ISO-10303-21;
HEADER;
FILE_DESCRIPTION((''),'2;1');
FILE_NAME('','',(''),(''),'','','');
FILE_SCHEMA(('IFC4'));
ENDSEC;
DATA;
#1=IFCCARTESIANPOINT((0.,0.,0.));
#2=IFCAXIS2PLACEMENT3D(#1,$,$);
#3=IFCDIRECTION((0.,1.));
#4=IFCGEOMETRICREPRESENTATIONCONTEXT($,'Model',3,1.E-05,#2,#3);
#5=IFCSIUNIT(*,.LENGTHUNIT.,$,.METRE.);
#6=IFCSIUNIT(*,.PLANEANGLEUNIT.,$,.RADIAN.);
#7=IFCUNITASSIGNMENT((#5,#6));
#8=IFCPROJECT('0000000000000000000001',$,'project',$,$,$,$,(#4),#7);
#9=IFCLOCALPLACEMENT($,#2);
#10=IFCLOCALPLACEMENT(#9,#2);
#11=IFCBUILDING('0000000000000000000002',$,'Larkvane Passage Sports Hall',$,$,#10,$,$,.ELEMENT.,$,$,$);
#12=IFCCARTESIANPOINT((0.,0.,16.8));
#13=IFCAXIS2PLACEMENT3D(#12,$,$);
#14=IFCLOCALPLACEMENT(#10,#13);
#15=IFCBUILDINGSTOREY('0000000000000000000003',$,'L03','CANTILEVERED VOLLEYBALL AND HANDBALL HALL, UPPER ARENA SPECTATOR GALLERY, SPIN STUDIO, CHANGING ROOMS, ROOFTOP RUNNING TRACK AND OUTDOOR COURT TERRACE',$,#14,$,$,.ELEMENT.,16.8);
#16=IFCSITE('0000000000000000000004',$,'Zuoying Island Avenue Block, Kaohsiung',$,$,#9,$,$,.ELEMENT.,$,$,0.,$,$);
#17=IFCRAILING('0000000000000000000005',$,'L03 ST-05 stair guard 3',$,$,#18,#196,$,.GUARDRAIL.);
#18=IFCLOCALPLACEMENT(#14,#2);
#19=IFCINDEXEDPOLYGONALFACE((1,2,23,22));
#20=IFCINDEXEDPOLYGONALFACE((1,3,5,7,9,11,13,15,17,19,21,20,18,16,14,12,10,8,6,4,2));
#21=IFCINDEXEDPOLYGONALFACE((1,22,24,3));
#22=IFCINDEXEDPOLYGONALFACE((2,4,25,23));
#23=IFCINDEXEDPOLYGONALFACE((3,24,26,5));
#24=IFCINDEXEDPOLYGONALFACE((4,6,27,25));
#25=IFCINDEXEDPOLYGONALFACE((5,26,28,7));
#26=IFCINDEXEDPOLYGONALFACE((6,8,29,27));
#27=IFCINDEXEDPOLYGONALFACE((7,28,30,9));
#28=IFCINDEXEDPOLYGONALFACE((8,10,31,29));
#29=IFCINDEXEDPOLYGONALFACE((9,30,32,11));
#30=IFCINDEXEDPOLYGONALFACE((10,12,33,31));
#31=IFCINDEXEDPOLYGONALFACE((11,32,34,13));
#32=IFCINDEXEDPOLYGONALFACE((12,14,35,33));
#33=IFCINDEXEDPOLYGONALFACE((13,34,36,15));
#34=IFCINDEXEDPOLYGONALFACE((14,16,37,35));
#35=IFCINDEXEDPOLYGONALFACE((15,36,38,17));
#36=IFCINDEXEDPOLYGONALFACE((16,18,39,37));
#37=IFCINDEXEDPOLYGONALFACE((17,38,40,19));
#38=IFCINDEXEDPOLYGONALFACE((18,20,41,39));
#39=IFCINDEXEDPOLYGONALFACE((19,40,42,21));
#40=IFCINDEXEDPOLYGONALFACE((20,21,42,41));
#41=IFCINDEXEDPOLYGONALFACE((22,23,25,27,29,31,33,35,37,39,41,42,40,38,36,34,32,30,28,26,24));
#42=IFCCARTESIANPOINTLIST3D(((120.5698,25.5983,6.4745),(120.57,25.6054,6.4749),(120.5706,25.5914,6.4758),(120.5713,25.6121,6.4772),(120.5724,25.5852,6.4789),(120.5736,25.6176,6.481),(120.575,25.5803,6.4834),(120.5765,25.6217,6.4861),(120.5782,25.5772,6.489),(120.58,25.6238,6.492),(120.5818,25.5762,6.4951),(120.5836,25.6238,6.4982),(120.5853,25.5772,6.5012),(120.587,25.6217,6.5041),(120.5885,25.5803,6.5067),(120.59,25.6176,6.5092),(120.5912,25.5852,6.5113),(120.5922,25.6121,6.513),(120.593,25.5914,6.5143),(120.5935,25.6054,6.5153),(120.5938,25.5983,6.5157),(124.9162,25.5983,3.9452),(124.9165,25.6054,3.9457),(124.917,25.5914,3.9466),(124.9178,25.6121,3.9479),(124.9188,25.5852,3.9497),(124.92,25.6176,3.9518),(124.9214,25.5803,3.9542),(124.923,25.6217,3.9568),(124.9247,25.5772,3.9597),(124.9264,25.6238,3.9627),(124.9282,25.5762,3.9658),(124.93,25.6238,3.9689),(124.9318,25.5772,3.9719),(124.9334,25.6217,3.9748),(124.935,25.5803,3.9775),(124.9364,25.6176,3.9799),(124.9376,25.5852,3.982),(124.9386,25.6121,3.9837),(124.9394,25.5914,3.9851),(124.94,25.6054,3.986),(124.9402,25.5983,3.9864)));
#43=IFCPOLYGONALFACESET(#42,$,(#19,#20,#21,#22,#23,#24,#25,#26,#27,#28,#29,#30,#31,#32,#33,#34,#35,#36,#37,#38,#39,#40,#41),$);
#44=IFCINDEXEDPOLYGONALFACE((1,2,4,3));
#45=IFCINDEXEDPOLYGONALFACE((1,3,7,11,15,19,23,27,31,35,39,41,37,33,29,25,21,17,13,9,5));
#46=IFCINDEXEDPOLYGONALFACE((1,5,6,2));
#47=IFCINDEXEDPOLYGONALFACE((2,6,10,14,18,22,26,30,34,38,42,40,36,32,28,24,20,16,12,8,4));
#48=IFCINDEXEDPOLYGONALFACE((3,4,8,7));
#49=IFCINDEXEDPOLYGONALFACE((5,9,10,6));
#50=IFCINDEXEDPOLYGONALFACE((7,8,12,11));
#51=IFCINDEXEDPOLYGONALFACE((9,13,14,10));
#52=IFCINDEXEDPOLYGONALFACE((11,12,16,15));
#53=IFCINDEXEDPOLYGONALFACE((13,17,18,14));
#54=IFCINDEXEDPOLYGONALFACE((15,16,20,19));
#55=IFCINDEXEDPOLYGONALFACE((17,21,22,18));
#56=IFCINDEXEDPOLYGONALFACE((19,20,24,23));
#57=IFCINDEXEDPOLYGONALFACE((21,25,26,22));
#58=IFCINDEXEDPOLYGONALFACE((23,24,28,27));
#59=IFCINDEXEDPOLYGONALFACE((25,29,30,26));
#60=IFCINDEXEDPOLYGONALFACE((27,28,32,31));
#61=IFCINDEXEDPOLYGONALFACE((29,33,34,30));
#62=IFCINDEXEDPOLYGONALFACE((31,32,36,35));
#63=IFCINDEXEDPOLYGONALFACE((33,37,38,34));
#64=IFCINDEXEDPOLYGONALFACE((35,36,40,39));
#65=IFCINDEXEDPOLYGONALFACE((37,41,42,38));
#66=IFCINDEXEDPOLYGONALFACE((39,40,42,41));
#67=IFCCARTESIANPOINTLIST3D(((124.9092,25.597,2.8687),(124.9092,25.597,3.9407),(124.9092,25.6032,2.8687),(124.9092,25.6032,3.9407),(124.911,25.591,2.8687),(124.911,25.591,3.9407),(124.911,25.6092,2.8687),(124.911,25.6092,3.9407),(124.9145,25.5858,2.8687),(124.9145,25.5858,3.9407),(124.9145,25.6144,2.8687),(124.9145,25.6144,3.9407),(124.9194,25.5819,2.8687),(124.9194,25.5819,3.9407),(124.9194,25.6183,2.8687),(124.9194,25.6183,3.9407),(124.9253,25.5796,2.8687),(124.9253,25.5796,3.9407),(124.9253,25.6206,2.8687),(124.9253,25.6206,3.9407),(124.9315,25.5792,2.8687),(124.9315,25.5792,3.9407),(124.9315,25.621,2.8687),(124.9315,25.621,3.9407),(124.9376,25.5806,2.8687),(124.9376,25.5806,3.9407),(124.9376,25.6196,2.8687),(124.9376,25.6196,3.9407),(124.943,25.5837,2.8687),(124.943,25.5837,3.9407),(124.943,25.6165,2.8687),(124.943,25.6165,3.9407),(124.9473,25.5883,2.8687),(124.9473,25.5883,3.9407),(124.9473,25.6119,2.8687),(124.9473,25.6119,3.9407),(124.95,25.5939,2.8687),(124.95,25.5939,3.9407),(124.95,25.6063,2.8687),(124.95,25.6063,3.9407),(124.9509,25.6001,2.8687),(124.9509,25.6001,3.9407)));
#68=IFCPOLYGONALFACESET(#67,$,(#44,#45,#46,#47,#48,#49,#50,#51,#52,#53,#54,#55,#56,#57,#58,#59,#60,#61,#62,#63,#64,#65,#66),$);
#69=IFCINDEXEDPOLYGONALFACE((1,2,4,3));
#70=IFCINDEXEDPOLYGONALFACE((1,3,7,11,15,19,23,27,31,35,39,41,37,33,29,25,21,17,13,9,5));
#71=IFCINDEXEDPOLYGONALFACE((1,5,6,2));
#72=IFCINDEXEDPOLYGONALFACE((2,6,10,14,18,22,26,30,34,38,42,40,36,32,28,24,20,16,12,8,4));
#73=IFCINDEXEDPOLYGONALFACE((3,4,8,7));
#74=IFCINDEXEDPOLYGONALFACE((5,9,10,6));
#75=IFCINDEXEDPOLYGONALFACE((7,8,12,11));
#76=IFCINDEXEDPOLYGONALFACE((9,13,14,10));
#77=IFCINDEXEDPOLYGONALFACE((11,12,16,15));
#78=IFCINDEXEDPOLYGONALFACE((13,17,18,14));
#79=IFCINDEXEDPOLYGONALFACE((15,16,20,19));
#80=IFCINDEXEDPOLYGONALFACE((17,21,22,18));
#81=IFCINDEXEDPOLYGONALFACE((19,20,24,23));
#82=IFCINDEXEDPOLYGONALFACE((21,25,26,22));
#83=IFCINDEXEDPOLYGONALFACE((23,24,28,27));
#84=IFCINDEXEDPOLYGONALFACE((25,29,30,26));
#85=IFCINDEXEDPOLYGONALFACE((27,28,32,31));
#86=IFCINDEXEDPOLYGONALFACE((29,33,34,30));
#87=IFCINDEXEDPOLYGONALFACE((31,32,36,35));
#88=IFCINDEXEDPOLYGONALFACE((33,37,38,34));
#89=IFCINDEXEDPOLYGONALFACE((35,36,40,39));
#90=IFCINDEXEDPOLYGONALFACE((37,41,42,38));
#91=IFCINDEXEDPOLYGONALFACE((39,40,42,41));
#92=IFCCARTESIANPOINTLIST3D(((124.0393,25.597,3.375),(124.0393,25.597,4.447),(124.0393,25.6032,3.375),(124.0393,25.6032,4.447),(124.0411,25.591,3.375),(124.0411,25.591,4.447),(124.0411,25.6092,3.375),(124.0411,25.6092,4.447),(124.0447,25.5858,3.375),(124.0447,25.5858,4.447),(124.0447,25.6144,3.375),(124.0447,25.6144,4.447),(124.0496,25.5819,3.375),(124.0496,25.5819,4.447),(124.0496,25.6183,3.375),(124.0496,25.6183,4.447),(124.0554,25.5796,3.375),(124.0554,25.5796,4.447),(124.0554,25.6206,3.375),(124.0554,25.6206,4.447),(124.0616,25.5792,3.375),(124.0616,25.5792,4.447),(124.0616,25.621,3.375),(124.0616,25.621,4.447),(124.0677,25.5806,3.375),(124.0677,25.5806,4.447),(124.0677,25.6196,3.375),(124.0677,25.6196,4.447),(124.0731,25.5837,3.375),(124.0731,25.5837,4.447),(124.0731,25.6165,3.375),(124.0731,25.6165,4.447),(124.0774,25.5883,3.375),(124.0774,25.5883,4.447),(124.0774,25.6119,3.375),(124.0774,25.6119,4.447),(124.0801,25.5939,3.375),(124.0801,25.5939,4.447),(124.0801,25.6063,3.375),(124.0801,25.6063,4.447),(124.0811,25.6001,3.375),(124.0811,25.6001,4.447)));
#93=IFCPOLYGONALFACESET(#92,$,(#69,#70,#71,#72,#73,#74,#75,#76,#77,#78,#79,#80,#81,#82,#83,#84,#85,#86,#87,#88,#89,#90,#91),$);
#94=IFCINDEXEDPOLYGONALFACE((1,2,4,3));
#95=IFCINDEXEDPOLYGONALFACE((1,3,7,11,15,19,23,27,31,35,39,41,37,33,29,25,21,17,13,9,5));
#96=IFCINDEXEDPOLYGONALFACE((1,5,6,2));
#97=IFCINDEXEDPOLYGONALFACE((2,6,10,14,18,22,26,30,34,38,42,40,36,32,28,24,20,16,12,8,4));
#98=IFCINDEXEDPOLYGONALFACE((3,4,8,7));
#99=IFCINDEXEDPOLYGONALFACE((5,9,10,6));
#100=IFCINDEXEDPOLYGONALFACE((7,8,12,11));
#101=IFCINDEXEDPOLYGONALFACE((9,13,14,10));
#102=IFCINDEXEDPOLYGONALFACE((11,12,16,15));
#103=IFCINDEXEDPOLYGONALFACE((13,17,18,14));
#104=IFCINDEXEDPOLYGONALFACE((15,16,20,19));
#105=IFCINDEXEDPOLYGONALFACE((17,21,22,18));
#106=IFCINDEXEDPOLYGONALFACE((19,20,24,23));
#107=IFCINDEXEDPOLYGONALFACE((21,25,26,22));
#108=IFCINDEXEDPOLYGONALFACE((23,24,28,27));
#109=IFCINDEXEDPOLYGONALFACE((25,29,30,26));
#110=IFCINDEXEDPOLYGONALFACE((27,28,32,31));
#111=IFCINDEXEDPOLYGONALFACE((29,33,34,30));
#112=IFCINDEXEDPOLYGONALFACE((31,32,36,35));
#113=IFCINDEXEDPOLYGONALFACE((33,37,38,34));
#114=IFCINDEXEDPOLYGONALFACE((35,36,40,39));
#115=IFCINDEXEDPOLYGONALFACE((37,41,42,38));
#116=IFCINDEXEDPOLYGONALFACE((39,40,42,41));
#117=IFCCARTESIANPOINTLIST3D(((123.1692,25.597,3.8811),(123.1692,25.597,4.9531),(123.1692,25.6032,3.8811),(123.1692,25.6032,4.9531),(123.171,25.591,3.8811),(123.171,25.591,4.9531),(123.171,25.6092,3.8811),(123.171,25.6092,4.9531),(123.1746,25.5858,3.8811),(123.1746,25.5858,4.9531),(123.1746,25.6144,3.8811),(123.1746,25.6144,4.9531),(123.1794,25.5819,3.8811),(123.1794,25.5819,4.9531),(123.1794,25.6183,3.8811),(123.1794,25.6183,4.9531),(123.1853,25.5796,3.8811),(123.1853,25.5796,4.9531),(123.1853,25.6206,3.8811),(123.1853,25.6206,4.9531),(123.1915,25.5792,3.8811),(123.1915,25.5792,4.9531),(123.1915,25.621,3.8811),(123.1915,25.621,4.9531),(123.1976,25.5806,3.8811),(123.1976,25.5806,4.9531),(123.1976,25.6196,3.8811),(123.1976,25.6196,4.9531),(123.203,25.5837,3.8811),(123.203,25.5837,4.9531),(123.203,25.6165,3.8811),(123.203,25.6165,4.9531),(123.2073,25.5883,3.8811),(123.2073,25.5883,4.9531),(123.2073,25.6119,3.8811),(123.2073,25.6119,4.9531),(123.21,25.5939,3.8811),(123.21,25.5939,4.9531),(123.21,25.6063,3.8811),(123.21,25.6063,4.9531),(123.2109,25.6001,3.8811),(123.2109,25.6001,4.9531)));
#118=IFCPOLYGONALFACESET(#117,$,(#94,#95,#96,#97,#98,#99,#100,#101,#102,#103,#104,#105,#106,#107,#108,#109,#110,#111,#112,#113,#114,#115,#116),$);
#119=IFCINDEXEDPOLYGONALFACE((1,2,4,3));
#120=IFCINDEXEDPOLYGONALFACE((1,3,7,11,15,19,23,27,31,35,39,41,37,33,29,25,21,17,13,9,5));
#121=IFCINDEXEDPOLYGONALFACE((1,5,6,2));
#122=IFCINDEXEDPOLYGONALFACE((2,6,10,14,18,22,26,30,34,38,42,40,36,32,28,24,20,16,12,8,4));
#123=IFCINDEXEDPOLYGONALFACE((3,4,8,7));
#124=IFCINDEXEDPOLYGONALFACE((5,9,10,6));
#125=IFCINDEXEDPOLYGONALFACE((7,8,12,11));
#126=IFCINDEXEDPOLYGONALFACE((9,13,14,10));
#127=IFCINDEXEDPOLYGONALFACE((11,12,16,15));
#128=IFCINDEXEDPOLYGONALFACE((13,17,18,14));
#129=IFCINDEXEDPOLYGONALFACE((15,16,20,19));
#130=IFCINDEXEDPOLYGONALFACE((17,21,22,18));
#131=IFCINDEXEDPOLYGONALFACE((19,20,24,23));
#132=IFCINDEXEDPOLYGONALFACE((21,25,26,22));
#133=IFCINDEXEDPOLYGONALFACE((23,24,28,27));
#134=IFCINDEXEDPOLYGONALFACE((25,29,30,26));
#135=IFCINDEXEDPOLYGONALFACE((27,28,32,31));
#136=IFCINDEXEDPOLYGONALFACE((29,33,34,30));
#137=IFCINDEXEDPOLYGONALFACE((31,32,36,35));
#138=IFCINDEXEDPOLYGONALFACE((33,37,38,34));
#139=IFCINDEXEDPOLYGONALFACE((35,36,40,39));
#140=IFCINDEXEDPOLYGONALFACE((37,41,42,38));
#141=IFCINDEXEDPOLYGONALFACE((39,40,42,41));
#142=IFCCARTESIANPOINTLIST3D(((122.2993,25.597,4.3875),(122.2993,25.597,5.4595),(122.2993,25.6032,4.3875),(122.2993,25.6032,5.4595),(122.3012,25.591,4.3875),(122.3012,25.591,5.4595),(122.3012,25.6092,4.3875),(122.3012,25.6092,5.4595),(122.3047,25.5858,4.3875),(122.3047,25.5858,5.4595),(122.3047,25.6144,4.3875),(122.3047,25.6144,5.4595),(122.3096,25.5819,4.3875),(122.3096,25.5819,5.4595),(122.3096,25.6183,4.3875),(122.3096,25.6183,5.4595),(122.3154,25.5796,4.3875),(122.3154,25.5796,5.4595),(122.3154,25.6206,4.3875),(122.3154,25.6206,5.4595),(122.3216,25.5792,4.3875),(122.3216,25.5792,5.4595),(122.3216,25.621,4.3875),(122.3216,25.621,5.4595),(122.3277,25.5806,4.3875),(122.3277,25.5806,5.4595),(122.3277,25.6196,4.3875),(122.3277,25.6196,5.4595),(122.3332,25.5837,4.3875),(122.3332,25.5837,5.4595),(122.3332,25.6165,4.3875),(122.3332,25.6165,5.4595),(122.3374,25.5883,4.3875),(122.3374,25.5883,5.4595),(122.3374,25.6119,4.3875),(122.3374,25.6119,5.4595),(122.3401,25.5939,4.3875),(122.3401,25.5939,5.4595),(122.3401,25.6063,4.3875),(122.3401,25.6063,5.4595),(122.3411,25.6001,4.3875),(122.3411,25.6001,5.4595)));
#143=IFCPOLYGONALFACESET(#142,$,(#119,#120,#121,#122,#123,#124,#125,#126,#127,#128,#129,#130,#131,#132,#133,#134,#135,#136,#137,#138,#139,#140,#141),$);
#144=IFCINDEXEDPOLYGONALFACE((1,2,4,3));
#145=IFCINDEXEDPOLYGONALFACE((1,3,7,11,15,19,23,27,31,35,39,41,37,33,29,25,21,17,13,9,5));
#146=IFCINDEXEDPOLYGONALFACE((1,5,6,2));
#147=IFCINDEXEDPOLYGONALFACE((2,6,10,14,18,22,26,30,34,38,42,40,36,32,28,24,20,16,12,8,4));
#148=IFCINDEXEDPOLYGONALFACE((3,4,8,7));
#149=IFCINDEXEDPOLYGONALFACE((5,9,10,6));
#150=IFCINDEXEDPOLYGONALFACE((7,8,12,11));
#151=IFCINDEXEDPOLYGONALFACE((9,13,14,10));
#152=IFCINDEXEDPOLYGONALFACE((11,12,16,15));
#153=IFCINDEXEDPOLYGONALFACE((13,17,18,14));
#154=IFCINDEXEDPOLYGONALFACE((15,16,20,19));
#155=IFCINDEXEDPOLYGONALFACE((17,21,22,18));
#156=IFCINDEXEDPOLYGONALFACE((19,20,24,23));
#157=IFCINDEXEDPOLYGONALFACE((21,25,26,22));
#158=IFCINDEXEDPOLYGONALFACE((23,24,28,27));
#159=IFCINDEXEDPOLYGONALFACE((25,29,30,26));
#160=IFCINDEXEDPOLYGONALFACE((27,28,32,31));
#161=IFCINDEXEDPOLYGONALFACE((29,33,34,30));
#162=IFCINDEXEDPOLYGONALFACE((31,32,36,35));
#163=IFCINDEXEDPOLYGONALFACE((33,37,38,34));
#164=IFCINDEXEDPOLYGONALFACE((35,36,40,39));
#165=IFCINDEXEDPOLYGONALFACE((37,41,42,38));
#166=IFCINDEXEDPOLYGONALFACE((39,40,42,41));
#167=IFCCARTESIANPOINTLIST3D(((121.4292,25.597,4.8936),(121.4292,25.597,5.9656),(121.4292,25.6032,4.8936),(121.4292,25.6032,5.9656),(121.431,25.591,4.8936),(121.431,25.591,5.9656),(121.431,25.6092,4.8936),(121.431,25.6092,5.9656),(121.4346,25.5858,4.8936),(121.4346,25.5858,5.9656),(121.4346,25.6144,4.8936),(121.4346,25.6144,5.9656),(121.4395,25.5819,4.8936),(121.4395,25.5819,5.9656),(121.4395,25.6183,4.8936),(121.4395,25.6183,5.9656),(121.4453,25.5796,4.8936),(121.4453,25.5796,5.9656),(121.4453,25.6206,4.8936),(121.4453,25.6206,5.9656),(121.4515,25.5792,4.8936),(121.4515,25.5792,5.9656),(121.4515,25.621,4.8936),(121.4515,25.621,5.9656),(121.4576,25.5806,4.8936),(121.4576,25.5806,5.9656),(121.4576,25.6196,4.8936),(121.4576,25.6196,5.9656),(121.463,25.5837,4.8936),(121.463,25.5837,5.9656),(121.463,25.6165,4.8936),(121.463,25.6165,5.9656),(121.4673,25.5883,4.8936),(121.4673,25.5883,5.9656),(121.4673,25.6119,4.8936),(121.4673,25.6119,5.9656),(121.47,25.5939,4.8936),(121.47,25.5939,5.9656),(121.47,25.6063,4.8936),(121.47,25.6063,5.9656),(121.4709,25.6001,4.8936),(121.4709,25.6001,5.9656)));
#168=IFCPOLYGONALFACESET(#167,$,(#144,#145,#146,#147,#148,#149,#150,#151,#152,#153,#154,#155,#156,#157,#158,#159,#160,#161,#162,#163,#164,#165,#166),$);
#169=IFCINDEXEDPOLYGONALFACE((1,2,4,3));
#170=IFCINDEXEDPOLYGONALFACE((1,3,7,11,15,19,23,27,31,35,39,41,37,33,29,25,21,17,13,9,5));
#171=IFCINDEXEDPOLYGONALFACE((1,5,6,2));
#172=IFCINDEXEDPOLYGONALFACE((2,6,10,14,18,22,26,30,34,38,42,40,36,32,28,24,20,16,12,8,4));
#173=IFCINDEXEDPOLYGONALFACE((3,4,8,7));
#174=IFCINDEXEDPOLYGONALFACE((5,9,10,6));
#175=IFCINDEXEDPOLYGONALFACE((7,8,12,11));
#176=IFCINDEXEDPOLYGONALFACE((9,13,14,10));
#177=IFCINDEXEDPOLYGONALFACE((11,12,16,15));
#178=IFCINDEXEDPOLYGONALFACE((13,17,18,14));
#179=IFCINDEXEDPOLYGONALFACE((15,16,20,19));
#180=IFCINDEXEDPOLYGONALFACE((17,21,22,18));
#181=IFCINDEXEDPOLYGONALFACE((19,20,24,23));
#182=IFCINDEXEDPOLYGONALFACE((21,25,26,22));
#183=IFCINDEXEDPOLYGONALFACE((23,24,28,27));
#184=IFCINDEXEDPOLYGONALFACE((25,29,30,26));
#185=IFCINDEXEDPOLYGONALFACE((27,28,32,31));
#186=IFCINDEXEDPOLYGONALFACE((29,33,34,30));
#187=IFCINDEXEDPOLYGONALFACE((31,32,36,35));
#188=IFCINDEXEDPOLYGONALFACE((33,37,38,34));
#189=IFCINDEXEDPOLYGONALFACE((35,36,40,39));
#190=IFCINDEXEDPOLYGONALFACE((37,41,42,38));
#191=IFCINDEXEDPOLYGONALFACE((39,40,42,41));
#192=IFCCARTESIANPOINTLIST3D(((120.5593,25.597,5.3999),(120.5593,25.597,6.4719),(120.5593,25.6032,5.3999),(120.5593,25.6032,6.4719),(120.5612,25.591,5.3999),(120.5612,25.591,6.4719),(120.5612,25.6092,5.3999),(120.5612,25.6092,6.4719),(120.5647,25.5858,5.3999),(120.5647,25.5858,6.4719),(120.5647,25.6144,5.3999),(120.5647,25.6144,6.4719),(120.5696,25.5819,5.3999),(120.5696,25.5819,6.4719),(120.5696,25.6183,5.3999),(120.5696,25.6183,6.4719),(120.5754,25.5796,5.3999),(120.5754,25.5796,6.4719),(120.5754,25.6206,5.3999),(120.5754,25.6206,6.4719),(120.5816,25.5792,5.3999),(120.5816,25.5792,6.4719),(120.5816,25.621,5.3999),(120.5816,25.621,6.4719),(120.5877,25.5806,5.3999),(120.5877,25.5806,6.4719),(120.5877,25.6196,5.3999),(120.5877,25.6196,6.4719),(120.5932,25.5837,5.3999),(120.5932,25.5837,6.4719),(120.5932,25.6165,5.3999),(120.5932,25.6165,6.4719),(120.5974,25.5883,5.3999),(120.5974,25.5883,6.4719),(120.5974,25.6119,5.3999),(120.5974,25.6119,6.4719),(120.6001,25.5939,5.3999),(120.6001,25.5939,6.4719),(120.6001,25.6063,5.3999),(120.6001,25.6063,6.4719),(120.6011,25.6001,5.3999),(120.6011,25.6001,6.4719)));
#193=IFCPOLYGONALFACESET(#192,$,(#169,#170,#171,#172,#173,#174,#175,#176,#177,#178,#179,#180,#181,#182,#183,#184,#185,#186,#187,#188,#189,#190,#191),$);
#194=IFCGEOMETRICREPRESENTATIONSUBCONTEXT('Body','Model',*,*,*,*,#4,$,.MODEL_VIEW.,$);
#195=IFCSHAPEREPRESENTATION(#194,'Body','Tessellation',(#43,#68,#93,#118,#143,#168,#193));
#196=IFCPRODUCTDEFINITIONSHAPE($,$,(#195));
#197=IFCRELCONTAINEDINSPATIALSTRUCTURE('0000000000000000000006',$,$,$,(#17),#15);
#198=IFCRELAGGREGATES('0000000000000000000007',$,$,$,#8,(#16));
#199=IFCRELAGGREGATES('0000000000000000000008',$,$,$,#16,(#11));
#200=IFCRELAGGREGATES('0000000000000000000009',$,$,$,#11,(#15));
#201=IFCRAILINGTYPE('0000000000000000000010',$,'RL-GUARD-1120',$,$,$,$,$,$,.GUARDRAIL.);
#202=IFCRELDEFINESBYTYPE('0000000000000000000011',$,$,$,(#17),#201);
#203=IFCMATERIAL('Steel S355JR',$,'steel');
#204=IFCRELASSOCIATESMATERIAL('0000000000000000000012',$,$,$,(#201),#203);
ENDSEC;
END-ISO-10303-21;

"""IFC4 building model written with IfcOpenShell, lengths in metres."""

from ifc_helpers import new_model, si_unit, direction, frame, origin, origin_2d, place, context, subcontext, project, spatial, circle, extrude, material, type_object, element, save


model = new_model("IFC4")

# Units and contexts
model_context = context("Model", 3, precision=1e-05, world=origin(), true_north=direction((0.0, 1.0)))
body_context = subcontext(model_context, "Body", "Model", "MODEL_VIEW")
ifc_project = project(units=[si_unit("LENGTHUNIT", "METRE"), si_unit("PLANEANGLEUNIT", "RADIAN")], contexts=[model_context])

# Site, building, storey
site_placement = place(None, origin())
site = spatial("IfcSite", under=ifc_project, at=site_placement, Name="Zuoying Island Avenue Block, Kaohsiung", CompositionType="ELEMENT", RefElevation=0.0)
building_placement = place(site_placement, origin())
building = spatial("IfcBuilding", under=site, at=building_placement, Name="Larkvane Passage Sports Hall", CompositionType="ELEMENT")
storey_placement = place(building_placement, frame((0.0, 0.0, 16.8)))
storey = spatial("IfcBuildingStorey", under=building, at=storey_placement, Name="L03", Description="CANTILEVERED VOLLEYBALL AND HANDBALL HALL, UPPER ARENA SPECTATOR GALLERY, SPIN STUDIO, CHANGING ROOMS, ROOFTOP RUNNING TRACK AND OUTDOOR COURT TERRACE", CompositionType="ELEMENT", Elevation=16.8)

# Shared definitions
ifc_material_1 = material(Name="Steel S355JR", Category="steel")

# Railing
railing_type_1 = type_object("IfcRailingType", Name="RL-GUARD-1120", PredefinedType="GUARDRAIL", material=ifc_material_1)
railing_1_placement = place(storey_placement, frame((124.9299, 25.6001, 2.8687)))
element("IfcRailing", 1, at=railing_1_placement, inside=storey, type_object=railing_type_1, Name="L03 ST-05 stair guard 3", PredefinedType="GUARDRAIL", context=body_context, shape_type="SweptSolid", body=[
    extrude(circle(Radius=0.0239, at=origin_2d()), frame((-0.0017, 0.0, 1.0972), z_axis=(-0.864312, 0.0, 0.502957), x_axis=(0.0, -1.0, 0.0)), (0.0, 0.0, 1.0), 5.0288),
    extrude(circle(Radius=0.021, at=origin_2d()), origin(), (0.0, 0.0, 1.0), 1.072),
    extrude(circle(Radius=0.021, at=origin_2d()), frame((-0.8699, 0.0, 0.5063)), (0.0, 0.0, 1.0), 1.072),
    extrude(circle(Radius=0.021, at=origin_2d()), frame((-1.74, 0.0, 1.0125)), (0.0, 0.0, 1.0), 1.072),
    extrude(circle(Radius=0.021, at=origin_2d()), frame((-2.6099, 0.0, 1.5188)), (0.0, 0.0, 1.0), 1.072),
    extrude(circle(Radius=0.021, at=origin_2d()), frame((-3.48, 0.0, 2.0249)), (0.0, 0.0, 1.0), 1.072),
    extrude(circle(Radius=0.021, at=origin_2d()), frame((-4.3499, 0.0, 2.5312)), (0.0, 0.0, 1.0), 1.072),
])

save(model, "model.ifc")
